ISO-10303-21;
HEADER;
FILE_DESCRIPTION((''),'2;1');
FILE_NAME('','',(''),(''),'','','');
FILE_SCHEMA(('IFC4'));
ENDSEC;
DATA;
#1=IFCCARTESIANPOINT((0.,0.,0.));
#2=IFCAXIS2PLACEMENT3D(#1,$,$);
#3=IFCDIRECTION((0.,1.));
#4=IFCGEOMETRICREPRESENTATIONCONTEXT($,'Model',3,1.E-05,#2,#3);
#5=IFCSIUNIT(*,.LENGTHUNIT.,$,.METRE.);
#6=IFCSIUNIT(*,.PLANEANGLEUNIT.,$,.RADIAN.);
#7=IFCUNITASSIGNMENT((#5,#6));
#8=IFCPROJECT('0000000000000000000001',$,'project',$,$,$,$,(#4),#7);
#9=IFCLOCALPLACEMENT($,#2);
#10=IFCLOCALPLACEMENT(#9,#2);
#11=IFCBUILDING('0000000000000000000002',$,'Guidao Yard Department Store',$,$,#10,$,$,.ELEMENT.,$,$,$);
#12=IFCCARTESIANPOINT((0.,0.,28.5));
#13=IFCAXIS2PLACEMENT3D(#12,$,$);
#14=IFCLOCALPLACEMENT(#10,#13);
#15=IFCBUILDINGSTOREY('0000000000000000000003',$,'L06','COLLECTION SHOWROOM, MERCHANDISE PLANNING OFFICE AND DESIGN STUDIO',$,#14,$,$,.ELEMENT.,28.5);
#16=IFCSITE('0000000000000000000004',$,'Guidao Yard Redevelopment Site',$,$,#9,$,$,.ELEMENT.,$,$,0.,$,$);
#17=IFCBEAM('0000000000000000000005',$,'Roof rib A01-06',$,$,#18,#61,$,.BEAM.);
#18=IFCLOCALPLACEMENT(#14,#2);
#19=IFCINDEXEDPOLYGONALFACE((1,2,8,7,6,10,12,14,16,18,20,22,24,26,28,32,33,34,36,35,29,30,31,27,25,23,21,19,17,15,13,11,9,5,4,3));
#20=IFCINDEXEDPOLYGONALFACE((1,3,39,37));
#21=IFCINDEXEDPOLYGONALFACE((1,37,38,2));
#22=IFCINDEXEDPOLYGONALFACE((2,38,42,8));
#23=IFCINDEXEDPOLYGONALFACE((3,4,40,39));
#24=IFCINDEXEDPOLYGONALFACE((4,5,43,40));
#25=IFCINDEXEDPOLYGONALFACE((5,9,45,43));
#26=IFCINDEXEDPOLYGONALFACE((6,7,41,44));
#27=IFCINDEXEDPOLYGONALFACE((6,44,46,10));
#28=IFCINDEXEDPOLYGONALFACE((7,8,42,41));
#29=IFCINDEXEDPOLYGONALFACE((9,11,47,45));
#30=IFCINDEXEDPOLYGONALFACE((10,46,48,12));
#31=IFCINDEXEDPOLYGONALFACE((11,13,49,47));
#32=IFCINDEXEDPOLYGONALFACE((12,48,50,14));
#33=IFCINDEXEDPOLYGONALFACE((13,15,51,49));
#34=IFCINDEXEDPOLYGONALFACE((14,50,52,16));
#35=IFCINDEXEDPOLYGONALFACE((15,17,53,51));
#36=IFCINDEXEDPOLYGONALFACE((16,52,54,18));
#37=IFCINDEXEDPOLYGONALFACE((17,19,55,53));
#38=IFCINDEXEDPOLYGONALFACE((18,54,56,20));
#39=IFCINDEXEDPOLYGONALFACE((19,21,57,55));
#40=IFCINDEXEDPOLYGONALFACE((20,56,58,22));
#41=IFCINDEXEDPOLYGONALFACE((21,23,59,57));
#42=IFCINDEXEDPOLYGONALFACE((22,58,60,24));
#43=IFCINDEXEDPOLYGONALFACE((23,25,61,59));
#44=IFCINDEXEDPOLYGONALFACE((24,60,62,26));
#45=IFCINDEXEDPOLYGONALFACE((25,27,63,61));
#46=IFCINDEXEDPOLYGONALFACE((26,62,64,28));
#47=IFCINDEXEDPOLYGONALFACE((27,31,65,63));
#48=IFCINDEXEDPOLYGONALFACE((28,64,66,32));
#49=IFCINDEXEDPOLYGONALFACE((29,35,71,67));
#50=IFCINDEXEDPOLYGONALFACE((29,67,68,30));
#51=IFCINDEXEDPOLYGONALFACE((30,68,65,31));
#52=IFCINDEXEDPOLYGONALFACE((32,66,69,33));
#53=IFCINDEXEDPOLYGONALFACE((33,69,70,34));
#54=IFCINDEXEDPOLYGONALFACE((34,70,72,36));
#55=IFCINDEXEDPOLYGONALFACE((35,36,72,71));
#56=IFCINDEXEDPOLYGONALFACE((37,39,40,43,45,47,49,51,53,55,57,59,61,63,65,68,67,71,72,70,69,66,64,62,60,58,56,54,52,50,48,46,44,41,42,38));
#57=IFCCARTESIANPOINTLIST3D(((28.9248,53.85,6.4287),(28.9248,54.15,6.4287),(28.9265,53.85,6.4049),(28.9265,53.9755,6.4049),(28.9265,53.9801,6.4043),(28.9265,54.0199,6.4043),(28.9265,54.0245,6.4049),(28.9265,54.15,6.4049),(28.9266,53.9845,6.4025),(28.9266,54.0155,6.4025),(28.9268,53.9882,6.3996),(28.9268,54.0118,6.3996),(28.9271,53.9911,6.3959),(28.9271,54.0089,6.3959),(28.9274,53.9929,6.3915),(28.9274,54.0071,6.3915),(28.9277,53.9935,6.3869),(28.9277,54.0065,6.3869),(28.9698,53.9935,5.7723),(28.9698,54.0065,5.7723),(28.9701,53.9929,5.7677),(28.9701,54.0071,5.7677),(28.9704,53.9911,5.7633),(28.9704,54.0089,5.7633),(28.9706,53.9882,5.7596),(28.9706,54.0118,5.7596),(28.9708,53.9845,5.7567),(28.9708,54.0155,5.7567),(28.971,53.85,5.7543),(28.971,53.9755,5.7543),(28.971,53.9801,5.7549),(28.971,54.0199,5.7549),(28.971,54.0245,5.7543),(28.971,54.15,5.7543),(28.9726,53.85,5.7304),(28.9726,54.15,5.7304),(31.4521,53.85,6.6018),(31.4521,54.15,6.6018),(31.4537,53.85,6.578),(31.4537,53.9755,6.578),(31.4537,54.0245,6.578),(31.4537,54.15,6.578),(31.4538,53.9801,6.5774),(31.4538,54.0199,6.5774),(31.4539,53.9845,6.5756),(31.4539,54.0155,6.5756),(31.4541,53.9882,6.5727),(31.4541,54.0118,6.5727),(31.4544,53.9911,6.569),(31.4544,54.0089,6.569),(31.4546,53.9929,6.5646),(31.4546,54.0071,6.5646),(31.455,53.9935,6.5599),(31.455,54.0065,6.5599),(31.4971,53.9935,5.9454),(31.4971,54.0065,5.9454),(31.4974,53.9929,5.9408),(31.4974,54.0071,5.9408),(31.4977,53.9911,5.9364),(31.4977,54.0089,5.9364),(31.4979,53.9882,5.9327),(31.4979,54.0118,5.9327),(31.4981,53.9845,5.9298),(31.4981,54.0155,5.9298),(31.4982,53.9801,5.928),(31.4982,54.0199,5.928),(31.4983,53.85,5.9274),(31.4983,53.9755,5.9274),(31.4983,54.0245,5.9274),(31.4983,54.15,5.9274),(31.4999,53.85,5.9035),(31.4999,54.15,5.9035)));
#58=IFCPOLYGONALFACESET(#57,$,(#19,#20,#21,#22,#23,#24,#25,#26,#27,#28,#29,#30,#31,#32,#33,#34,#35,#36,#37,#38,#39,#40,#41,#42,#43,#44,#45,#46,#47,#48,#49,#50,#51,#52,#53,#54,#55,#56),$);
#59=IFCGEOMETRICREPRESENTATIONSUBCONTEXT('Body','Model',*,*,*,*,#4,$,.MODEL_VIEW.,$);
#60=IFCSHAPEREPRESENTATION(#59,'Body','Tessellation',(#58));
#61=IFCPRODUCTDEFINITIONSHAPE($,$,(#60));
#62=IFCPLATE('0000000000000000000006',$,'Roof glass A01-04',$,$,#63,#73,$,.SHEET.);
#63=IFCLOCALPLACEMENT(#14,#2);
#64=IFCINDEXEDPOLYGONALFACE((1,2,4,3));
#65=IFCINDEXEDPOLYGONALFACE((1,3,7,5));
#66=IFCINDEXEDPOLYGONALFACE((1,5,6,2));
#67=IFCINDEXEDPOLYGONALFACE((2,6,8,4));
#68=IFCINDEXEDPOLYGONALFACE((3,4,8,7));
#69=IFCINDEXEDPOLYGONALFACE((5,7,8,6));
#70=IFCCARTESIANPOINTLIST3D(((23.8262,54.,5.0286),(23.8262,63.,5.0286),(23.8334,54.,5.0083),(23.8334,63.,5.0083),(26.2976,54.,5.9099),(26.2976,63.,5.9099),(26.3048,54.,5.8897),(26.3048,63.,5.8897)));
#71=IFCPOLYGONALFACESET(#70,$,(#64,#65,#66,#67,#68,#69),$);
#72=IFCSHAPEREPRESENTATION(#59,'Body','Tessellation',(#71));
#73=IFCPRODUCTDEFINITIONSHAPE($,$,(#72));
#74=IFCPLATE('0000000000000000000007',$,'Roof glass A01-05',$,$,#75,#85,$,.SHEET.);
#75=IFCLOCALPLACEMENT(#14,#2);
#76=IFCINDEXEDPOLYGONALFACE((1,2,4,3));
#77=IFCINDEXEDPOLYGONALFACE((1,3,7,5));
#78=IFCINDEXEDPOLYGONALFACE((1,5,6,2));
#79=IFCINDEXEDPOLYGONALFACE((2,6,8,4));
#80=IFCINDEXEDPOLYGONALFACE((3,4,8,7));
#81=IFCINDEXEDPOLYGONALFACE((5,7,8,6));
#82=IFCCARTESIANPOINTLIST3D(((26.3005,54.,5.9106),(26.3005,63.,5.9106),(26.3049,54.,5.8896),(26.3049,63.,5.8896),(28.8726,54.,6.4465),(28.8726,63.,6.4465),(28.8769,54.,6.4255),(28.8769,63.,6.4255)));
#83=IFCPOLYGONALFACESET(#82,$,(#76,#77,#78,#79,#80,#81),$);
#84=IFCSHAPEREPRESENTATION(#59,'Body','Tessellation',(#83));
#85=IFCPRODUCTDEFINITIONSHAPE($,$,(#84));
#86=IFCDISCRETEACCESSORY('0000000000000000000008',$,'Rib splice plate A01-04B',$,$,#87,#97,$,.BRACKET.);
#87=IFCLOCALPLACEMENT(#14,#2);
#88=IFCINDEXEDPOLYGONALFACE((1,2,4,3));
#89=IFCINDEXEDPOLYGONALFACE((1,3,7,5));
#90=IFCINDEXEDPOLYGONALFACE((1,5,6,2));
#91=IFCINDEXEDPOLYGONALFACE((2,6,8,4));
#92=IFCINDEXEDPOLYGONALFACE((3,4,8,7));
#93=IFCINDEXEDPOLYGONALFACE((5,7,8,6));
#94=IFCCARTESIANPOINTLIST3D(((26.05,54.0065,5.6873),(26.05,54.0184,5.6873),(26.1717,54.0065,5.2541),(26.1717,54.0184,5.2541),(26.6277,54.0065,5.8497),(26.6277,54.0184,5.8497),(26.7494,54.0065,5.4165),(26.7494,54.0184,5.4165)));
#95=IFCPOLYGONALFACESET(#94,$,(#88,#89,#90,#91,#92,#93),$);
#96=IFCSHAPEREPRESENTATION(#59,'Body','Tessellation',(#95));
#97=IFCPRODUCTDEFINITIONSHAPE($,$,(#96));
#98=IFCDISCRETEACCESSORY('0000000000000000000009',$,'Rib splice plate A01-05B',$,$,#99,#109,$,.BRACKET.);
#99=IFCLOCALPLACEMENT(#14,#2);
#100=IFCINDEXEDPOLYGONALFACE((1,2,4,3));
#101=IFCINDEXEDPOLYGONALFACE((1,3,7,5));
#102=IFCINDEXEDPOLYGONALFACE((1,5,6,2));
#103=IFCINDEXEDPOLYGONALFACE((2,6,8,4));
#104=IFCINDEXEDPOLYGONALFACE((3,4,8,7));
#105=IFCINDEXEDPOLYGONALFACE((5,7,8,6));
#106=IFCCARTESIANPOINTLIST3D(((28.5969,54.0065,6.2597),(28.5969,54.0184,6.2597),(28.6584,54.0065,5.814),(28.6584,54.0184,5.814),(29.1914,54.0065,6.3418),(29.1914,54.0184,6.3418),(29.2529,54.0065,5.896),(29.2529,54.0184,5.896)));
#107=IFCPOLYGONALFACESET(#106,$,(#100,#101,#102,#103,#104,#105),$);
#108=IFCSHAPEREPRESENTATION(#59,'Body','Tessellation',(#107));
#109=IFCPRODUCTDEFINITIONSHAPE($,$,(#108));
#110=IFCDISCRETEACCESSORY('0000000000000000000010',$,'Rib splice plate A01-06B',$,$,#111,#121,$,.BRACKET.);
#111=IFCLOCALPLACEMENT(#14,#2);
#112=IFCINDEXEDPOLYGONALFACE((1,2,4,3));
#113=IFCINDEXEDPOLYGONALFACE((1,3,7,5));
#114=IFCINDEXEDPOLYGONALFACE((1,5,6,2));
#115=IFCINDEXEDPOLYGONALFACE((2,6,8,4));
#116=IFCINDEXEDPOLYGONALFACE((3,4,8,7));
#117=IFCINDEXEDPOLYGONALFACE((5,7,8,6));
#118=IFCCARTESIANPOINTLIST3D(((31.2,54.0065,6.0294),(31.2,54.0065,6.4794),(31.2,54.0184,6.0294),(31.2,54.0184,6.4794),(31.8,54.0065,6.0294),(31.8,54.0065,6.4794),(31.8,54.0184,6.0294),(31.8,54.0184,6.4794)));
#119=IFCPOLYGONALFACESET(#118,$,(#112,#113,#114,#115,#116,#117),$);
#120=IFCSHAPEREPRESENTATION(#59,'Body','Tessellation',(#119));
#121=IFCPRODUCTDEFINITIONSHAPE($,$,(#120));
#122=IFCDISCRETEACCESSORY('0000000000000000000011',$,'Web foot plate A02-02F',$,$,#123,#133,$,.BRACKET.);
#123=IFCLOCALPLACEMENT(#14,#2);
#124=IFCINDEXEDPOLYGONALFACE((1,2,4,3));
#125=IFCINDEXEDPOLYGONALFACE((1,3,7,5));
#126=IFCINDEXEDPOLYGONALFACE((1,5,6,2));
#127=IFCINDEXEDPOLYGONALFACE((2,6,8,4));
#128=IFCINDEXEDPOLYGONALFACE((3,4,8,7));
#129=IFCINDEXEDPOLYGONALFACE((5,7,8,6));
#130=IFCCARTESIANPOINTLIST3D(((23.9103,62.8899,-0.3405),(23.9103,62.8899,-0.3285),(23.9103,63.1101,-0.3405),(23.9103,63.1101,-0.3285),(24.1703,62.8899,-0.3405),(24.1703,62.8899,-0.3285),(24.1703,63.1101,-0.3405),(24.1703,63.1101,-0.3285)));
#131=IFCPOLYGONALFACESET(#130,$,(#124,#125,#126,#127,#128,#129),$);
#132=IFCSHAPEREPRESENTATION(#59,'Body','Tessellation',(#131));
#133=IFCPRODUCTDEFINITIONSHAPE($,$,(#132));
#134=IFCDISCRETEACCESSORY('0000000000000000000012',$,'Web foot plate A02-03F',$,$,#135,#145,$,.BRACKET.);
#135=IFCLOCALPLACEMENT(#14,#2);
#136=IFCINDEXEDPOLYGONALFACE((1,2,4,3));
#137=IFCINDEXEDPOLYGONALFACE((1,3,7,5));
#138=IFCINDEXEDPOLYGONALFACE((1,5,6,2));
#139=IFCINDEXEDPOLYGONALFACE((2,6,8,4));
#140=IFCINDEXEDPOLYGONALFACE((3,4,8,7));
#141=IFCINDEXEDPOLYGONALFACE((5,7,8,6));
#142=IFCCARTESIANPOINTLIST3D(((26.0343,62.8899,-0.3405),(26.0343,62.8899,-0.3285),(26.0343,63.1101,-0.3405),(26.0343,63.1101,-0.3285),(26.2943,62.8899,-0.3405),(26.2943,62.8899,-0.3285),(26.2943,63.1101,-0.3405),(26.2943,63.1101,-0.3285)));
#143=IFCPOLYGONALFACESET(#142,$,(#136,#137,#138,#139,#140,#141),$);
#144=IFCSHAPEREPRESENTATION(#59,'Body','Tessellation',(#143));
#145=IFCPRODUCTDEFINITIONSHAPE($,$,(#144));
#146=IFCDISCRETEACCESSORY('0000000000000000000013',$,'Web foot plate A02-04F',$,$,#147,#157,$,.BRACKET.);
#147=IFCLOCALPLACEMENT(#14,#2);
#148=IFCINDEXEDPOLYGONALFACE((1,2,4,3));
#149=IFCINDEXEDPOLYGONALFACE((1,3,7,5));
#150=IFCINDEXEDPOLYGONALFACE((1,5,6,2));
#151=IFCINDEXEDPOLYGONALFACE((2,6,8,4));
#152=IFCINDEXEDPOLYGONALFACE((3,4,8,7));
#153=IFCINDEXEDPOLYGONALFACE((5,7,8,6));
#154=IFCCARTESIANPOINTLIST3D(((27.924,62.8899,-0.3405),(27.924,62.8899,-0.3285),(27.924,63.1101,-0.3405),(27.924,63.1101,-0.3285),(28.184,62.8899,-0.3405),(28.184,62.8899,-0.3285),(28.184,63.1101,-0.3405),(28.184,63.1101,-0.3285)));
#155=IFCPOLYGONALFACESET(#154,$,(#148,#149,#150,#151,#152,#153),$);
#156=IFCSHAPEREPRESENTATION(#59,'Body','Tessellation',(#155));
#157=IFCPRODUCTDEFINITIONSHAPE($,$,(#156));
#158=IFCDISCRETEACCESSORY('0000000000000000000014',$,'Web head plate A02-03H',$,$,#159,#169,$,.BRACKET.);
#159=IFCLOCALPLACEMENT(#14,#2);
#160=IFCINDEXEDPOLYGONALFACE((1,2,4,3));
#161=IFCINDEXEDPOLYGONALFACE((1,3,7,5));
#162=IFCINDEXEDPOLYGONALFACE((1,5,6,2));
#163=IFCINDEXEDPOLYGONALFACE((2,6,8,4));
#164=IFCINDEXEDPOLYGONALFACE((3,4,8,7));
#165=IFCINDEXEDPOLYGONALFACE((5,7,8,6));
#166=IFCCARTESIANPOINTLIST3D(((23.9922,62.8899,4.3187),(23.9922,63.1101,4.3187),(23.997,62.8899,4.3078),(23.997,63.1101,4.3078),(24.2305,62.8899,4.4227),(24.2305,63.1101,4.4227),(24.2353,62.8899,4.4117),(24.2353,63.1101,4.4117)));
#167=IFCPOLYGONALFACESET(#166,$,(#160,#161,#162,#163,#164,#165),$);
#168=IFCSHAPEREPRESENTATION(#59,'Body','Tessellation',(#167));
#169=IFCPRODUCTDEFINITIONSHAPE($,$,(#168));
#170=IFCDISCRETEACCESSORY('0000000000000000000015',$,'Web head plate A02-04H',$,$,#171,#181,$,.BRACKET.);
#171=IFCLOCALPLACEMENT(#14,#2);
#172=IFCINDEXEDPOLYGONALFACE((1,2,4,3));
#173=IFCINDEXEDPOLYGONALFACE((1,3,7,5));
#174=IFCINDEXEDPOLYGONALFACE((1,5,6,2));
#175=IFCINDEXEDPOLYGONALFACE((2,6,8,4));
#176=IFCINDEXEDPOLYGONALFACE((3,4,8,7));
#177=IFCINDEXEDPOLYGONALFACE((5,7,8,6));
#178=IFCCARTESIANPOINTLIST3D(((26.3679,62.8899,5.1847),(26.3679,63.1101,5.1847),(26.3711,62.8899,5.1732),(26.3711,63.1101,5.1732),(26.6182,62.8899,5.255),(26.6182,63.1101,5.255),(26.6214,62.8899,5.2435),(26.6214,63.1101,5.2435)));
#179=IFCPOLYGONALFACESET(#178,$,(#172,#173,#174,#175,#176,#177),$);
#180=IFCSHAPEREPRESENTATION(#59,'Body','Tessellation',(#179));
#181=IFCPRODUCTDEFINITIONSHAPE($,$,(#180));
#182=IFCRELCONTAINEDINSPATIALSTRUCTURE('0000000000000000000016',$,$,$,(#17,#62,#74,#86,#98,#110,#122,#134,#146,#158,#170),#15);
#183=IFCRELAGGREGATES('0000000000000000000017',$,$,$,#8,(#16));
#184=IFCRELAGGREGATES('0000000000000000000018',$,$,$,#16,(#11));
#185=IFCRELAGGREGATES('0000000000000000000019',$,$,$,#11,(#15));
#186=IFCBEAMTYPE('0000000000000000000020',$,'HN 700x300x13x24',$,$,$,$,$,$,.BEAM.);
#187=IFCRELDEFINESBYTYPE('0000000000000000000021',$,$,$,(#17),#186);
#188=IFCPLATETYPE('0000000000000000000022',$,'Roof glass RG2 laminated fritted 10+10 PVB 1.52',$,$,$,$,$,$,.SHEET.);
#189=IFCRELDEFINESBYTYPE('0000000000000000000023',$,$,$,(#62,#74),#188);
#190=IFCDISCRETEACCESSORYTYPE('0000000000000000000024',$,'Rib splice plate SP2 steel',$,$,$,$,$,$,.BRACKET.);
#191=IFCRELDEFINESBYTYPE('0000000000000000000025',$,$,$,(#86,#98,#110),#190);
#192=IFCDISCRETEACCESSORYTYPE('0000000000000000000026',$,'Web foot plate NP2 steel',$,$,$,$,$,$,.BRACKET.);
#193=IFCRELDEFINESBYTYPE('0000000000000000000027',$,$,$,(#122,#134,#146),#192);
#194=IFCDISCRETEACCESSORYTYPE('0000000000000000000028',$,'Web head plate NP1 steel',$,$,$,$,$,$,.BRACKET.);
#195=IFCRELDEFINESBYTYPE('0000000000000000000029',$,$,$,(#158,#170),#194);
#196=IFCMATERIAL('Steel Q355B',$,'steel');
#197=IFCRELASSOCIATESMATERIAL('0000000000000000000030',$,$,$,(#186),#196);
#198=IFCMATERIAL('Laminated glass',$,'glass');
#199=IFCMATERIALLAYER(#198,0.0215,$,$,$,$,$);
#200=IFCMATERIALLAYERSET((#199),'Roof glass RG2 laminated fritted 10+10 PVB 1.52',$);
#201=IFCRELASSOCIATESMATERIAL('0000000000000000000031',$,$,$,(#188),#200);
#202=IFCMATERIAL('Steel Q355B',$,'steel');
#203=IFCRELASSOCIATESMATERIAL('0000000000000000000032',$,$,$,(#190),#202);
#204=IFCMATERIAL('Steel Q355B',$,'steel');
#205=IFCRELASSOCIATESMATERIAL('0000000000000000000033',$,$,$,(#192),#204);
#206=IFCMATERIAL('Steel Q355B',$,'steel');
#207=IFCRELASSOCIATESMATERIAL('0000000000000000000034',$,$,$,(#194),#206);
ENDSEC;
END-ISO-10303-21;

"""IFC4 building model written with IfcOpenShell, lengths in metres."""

from ifc_helpers import new_model, si_unit, direction, frame, origin, origin_2d, place, context, subcontext, project, spatial, polyline, rectangle, i_section, outline, extrude, material, layer, layer_set, material_profile, profile_set, type_object, element, save


model = new_model("IFC4")

# Units and contexts
model_context = context("Model", 3, precision=1e-05, world=origin(), true_north=direction((0.0, 1.0)))
body_context = subcontext(model_context, "Body", "Model", "MODEL_VIEW")
ifc_project = project(units=[si_unit("LENGTHUNIT", "METRE"), si_unit("PLANEANGLEUNIT", "RADIAN")], contexts=[model_context])

# Site, building, storey
site_placement = place(None, origin())
site = spatial("IfcSite", under=ifc_project, at=site_placement, Name="Guidao Yard Redevelopment Site", CompositionType="ELEMENT", RefElevation=0.0)
building_placement = place(site_placement, origin())
building = spatial("IfcBuilding", under=site, at=building_placement, Name="Guidao Yard Department Store", CompositionType="ELEMENT")
storey_placement = place(building_placement, frame((0.0, 0.0, 28.5)))
storey = spatial("IfcBuildingStorey", under=building, at=storey_placement, Name="L06", Description="COLLECTION SHOWROOM, MERCHANDISE PLANNING OFFICE AND DESIGN STUDIO", CompositionType="ELEMENT", Elevation=28.5)

# Beam
ifc_material_1 = material(Name="Steel Q355B", Category="steel")
ifc_material_profile_1 = material_profile(ifc_material_1, i_section(OverallWidth=0.3, OverallDepth=0.7, WebThickness=0.0129, FlangeThickness=0.0239, FilletRadius=0.0181, at=origin_2d()), Name="HN 700x300x13x24")
ifc_profile_set_1 = profile_set([ifc_material_profile_1], Name="Steel Q355B")
beam_type = type_object("IfcBeamType", Name="HN 700x300x13x24", PredefinedType="BEAM", material=ifc_profile_set_1)
beam_1_placement = place(storey_placement, frame((28.9487, 54.0, 6.0796), z_axis=(0.997663, 0.0, 0.068329), x_axis=(0.0, 1.0, 0.0)))
element("IfcBeam", 1, at=beam_1_placement, inside=storey, type_object=beam_type, Name="Roof rib A01-06", PredefinedType="BEAM", context=body_context, shape_type="SweptSolid", body=[
    extrude(i_section(OverallWidth=0.3, OverallDepth=0.7, WebThickness=0.0129, FlangeThickness=0.0239, FilletRadius=0.0181, at=origin_2d()), origin(), (0.0, 0.0, 1.0), 2.5332),
])

# Plates
ifc_material_2 = material(Name="Laminated glass", Category="glass")
ifc_layer = layer(ifc_material_2, 0.0215)
ifc_layer_set = layer_set([ifc_layer], Name="Roof glass RG2 laminated fritted 10+10 PVB 1.52")
plate_type = type_object("IfcPlateType", Name="Roof glass RG2 laminated fritted 10+10 PVB 1.52", PredefinedType="SHEET", material=ifc_layer_set)
plate_1_placement = place(storey_placement, frame((23.8262, 54.0, 5.0286), z_axis=(-0.335894, 0.0, 0.9419), x_axis=(0.9419, 0.0, 0.335894)))
element("IfcPlate", 2, at=plate_1_placement, inside=storey, type_object=plate_type, Name="Roof glass A01-04", PredefinedType="SHEET", context=body_context, shape_type="SweptSolid", body=[
    extrude(outline(polyline([(0.0, 0.0), (2.6239, 0.0), (2.6239, 9.0), (0.0, 9.0), (0.0, 0.0)])), origin(), (0.0, 0.0, -1.0), 0.0215),
])
plate_2_placement = place(storey_placement, frame((26.3005, 54.0, 5.9106), z_axis=(-0.203973, 0.0, 0.978977), x_axis=(0.978977, 0.0, 0.203973)))
element("IfcPlate", 3, at=plate_2_placement, inside=storey, type_object=plate_type, Name="Roof glass A01-05", PredefinedType="SHEET", context=body_context, shape_type="SweptSolid", body=[
    extrude(outline(polyline([(0.0, 0.0), (2.6273, 0.0), (2.6273, 9.0), (0.0, 9.0), (0.0, 0.0)])), origin(), (0.0, 0.0, -1.0), 0.0215),
])

# Discrete accessories
ifc_material_3 = material(Name="Steel Q355B", Category="steel")
ifc_material_profile_2 = material_profile(ifc_material_3, rectangle(XDim=0.012, YDim=0.45, at=origin_2d()), Name="Splice plate 450x12")
ifc_profile_set_2 = profile_set([ifc_material_profile_2], Name="Steel Q355B")
discrete_accessory_type_1 = type_object("IfcDiscreteAccessoryType", Name="Rib splice plate SP2 steel", PredefinedType="BRACKET", material=ifc_profile_set_2)
for number, where, z_axis, x_axis, name in (
    (4, (26.1108, 54.0125, 5.4707), (0.962697, 0.0, 0.270581), (0.0, 1.0, 0.0), "Rib splice plate A01-04B"),
    (5, (28.6277, 54.0125, 6.0369), (0.990614, 0.0, 0.136692), (0.0, 1.0, 0.0), "Rib splice plate A01-05B"),
    (6, (31.2, 54.0125, 6.2544), (1.0, 0.0, 0.0), (0.0, 1.0, 0.0), "Rib splice plate A01-06B"),
):
    element("IfcDiscreteAccessory", number, at=place(storey_placement, frame(where, z_axis=z_axis, x_axis=x_axis)), inside=storey, type_object=discrete_accessory_type_1, Name=name, PredefinedType="BRACKET", context=body_context, shape_type="SweptSolid", body=[
        extrude(rectangle(XDim=0.012, YDim=0.45, at=origin_2d()), origin(), (0.0, 0.0, 1.0), 0.6001),
    ])
ifc_material_4 = material(Name="Steel Q355B", Category="steel")
ifc_material_profile_3 = material_profile(ifc_material_4, rectangle(XDim=0.26, YDim=0.012, at=origin_2d()), Name="Node plate 260x12")
ifc_profile_set_3 = profile_set([ifc_material_profile_3], Name="Steel Q355B")
discrete_accessory_type_2 = type_object("IfcDiscreteAccessoryType", Name="Web foot plate NP2 steel", PredefinedType="BRACKET", material=ifc_profile_set_3)
for number, where, z_axis, x_axis, name in (
    (7, (24.0403, 62.8899, -0.3345), (0.0, 1.0, 0.0), (-1.0, 0.0, 0.0), "Web foot plate A02-02F"),
    (8, (26.1643, 62.8899, -0.3345), (0.0, 1.0, 0.0), (-1.0, 0.0, 0.0), "Web foot plate A02-03F"),
    (9, (28.054, 62.8899, -0.3345), (0.0, 1.0, 0.0), (-1.0, 0.0, 0.0), "Web foot plate A02-04F"),
):
    element("IfcDiscreteAccessory", number, at=place(storey_placement, frame(where, z_axis=z_axis, x_axis=x_axis)), inside=storey, type_object=discrete_accessory_type_2, Name=name, PredefinedType="BRACKET", context=body_context, shape_type="SweptSolid", body=[
        extrude(rectangle(XDim=0.26, YDim=0.012, at=origin_2d()), origin(), (0.0, 0.0, 1.0), 0.2202),
    ])
ifc_material_5 = material(Name="Steel Q355B", Category="steel")
ifc_material_profile_4 = material_profile(ifc_material_5, rectangle(XDim=0.26, YDim=0.012, at=origin_2d()), Name="Node plate 260x12")
ifc_profile_set_4 = profile_set([ifc_material_profile_4], Name="Steel Q355B")
discrete_accessory_type_3 = type_object("IfcDiscreteAccessoryType", Name="Web head plate NP1 steel", PredefinedType="BRACKET", material=ifc_profile_set_4)
for number, where, z_axis, x_axis, name in (
    (10, (24.1138, 62.8899, 4.3652), (0.0, 1.0, 0.0), (-0.916571, 0.0, -0.399871), "Web head plate A02-03H"),
    (11, (26.4946, 62.8899, 5.2141), (0.0, 1.0, 0.0), (-0.962712, 0.0, -0.270529), "Web head plate A02-04H"),
):
    element("IfcDiscreteAccessory", number, at=place(storey_placement, frame(where, z_axis=z_axis, x_axis=x_axis)), inside=storey, type_object=discrete_accessory_type_3, Name=name, PredefinedType="BRACKET", context=body_context, shape_type="SweptSolid", body=[
        extrude(rectangle(XDim=0.26, YDim=0.012, at=origin_2d()), origin(), (0.0, 0.0, 1.0), 0.2202),
    ])

save(model, "model.ifc")
